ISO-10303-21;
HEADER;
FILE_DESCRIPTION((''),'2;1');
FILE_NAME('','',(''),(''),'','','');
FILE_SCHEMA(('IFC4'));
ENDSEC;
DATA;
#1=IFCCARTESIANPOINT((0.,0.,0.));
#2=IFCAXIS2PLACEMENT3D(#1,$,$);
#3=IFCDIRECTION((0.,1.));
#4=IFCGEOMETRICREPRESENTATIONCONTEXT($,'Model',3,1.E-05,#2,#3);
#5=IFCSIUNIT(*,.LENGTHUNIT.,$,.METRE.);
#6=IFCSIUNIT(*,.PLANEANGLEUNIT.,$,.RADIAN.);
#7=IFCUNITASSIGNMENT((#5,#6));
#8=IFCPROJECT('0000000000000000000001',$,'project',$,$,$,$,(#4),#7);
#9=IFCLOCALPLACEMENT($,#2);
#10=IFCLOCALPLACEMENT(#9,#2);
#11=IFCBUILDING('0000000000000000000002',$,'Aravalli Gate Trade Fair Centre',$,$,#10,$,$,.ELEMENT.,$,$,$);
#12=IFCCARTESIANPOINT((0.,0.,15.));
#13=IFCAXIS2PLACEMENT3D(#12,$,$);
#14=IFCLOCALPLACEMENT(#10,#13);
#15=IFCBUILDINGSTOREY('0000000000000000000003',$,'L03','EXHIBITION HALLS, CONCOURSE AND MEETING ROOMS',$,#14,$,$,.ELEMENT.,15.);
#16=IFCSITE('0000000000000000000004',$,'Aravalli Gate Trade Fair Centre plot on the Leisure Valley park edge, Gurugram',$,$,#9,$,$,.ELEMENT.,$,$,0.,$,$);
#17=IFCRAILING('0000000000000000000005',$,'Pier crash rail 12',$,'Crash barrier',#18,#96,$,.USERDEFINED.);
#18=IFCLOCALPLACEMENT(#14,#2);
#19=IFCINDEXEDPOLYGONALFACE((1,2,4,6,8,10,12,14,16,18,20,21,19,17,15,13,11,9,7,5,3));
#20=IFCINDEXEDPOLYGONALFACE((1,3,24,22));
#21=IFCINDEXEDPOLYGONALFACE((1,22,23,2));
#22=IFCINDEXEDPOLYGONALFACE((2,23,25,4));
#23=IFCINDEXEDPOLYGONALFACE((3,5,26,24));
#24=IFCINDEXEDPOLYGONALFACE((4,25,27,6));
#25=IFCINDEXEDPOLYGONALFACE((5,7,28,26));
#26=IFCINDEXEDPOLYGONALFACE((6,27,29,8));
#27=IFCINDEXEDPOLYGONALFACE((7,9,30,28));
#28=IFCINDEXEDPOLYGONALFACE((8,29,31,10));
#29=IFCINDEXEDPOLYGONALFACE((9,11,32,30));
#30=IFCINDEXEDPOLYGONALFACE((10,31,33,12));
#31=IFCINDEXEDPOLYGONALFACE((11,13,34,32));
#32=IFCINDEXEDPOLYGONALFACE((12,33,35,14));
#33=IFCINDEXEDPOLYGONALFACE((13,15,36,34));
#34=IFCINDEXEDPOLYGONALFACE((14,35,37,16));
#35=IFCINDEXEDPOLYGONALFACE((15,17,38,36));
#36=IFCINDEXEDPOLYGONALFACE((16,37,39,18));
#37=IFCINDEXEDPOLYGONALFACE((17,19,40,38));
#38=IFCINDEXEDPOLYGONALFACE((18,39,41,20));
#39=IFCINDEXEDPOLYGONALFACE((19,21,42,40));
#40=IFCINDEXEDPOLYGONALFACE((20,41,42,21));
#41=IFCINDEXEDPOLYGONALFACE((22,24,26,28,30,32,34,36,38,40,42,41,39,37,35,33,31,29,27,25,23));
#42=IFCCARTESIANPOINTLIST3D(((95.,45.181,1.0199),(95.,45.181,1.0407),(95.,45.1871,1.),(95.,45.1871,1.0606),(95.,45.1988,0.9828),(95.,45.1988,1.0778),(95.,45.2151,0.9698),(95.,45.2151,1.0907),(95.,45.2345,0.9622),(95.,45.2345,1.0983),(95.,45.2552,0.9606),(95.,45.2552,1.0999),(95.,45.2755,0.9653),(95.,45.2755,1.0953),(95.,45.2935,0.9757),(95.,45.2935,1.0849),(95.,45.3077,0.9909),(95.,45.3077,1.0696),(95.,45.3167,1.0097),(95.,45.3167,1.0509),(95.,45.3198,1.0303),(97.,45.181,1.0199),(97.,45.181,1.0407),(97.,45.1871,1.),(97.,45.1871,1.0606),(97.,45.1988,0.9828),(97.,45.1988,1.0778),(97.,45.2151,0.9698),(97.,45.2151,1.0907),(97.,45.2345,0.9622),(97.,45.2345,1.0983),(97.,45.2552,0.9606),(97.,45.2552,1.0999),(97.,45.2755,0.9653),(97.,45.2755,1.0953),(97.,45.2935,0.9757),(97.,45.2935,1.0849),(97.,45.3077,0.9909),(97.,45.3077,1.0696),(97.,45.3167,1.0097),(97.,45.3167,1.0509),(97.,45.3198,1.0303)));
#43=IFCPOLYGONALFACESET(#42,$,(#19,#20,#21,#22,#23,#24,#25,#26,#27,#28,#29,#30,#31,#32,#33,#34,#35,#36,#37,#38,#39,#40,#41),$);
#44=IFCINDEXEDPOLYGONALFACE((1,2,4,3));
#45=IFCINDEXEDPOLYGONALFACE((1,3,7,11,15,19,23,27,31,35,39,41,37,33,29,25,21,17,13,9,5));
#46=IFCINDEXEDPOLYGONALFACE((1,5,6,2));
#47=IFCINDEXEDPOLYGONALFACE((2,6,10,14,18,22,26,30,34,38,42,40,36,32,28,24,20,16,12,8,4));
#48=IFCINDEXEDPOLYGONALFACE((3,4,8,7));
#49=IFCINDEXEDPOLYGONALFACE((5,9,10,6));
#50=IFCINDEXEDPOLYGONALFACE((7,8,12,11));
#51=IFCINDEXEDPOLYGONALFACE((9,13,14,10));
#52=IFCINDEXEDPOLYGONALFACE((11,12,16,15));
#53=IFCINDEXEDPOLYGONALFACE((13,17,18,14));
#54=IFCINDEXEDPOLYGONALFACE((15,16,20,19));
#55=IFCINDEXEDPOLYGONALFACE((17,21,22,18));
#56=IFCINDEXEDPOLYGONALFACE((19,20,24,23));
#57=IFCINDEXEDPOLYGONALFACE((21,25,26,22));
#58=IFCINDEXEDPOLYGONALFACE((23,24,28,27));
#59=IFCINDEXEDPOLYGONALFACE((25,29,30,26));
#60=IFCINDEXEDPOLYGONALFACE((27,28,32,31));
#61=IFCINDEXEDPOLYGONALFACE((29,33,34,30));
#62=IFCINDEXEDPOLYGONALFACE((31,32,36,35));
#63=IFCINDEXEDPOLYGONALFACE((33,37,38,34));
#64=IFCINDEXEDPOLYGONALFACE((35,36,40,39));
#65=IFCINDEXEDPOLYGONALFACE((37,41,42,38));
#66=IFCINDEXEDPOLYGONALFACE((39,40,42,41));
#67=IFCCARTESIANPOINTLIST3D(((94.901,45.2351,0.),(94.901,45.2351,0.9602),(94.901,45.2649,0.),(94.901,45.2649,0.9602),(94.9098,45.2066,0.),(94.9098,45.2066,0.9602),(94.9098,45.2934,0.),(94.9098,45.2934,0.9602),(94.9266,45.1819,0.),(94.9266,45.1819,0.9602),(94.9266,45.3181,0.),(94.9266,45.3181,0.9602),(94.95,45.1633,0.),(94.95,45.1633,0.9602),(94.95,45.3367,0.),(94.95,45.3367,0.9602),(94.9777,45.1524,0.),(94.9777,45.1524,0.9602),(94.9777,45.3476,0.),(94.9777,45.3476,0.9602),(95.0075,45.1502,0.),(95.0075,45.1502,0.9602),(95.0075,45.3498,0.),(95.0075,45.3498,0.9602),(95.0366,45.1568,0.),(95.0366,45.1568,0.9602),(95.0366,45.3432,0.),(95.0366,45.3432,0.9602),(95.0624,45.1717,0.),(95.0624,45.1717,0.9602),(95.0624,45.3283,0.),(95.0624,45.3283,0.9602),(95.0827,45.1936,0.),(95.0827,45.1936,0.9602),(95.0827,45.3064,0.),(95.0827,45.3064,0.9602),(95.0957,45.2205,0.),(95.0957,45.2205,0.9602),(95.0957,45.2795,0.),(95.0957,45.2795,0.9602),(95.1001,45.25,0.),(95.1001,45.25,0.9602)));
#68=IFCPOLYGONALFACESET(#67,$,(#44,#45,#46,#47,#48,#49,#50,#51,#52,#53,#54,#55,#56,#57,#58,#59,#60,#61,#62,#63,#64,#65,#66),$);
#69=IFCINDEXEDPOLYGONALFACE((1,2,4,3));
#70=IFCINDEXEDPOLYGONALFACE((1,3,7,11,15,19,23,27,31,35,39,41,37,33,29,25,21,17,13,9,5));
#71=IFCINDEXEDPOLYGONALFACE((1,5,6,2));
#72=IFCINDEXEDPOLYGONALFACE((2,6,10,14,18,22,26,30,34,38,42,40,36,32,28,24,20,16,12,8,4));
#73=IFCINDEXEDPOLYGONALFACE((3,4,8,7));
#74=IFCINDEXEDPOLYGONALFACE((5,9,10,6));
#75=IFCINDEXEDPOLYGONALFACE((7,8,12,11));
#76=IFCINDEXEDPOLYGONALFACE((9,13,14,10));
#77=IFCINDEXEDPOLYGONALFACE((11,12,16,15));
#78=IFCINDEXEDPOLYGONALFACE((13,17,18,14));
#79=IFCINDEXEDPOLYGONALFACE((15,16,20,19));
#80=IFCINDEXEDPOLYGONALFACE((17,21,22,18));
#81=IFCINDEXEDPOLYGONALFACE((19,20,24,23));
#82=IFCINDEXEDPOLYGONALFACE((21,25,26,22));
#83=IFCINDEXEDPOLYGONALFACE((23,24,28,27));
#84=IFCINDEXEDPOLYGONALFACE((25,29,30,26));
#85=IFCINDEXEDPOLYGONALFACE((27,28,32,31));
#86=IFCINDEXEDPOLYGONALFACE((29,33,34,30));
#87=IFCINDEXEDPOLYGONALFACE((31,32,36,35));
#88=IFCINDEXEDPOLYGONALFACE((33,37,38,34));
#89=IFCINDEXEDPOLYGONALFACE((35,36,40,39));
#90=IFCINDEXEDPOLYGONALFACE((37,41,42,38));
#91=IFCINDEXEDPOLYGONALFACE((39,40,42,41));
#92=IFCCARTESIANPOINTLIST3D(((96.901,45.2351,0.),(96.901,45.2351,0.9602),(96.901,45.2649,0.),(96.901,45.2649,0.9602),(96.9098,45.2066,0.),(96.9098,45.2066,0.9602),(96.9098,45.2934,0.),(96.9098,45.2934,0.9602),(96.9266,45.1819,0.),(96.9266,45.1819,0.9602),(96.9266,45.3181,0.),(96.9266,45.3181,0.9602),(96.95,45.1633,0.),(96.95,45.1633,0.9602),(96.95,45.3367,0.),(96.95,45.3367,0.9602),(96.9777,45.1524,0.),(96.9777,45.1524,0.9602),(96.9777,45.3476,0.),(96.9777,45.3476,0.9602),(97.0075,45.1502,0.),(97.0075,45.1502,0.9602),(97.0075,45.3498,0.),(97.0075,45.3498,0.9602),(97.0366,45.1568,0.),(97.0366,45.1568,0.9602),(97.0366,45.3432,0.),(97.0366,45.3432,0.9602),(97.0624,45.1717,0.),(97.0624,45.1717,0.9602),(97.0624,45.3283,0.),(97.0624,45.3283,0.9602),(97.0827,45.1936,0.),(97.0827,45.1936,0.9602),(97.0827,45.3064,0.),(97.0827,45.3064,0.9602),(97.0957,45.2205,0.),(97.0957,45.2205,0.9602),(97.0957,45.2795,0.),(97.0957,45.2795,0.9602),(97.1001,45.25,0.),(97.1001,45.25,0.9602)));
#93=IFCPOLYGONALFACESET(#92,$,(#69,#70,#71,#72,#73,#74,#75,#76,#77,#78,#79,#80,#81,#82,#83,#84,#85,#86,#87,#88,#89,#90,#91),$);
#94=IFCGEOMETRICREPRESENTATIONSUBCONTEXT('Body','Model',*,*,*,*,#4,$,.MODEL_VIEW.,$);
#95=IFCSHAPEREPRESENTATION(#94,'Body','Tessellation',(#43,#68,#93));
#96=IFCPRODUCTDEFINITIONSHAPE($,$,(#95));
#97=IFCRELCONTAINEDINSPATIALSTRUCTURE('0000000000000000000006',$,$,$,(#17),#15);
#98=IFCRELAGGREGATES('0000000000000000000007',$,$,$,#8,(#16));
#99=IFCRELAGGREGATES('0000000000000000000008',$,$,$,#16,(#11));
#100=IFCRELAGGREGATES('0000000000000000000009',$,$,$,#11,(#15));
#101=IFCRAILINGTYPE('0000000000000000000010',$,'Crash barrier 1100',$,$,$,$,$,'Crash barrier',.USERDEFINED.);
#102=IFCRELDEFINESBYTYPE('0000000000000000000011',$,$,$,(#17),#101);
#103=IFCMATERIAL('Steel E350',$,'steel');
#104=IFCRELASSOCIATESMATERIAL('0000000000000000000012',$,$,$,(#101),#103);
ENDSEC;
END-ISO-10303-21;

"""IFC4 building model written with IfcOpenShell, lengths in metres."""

from ifc_helpers import new_model, si_unit, direction, frame, origin, origin_2d, place, context, subcontext, project, spatial, circle, extrude, material, type_object, element, save


model = new_model("IFC4")

# Units and contexts
model_context = context("Model", 3, precision=1e-05, world=origin(), true_north=direction((0.0, 1.0)))
body_context = subcontext(model_context, "Body", "Model", "MODEL_VIEW")
ifc_project = project(units=[si_unit("LENGTHUNIT", "METRE"), si_unit("PLANEANGLEUNIT", "RADIAN")], contexts=[model_context])

# Site, building, storey
site_placement = place(None, origin())
site = spatial("IfcSite", under=ifc_project, at=site_placement, Name="Aravalli Gate Trade Fair Centre plot on the Leisure Valley park edge, Gurugram", CompositionType="ELEMENT", RefElevation=0.0)
building_placement = place(site_placement, origin())
building = spatial("IfcBuilding", under=site, at=building_placement, Name="Aravalli Gate Trade Fair Centre", CompositionType="ELEMENT")
storey_placement = place(building_placement, frame((0.0, 0.0, 15.0)))
storey = spatial("IfcBuildingStorey", under=building, at=storey_placement, Name="L03", Description="EXHIBITION HALLS, CONCOURSE AND MEETING ROOMS", CompositionType="ELEMENT", Elevation=15.0)

# Railing
ifc_material_1 = material(Name="Steel E350", Category="steel")
railing_type = type_object("IfcRailingType", Name="Crash barrier 1100", ElementType="Crash barrier", PredefinedType="USERDEFINED", material=ifc_material_1)
for number, where, name in (
    (1, (95.0, 45.25, 0.0), "Pier crash rail 12"),
):
    element("IfcRailing", number, at=place(storey_placement, frame(where)), inside=storey, type_object=railing_type, Name=name, ObjectType="Crash barrier", PredefinedType="USERDEFINED", context=body_context, shape_type="SweptSolid", body=[
        extrude(circle(Radius=0.0698, at=origin_2d()), frame((0.0, 0.0, 1.0303), z_axis=(1.0, 0.0, 0.0), x_axis=(0.0, 1.0, 0.0)), (0.0, 0.0, 1.0), 2.0),
        extrude(circle(Radius=0.1001, at=origin_2d()), origin(), (0.0, 0.0, 1.0), 0.9602),
        extrude(circle(Radius=0.1001, at=origin_2d()), frame((2.0, 0.0, 0.0)), (0.0, 0.0, 1.0), 0.9602),
    ])

save(model, "model.ifc")
